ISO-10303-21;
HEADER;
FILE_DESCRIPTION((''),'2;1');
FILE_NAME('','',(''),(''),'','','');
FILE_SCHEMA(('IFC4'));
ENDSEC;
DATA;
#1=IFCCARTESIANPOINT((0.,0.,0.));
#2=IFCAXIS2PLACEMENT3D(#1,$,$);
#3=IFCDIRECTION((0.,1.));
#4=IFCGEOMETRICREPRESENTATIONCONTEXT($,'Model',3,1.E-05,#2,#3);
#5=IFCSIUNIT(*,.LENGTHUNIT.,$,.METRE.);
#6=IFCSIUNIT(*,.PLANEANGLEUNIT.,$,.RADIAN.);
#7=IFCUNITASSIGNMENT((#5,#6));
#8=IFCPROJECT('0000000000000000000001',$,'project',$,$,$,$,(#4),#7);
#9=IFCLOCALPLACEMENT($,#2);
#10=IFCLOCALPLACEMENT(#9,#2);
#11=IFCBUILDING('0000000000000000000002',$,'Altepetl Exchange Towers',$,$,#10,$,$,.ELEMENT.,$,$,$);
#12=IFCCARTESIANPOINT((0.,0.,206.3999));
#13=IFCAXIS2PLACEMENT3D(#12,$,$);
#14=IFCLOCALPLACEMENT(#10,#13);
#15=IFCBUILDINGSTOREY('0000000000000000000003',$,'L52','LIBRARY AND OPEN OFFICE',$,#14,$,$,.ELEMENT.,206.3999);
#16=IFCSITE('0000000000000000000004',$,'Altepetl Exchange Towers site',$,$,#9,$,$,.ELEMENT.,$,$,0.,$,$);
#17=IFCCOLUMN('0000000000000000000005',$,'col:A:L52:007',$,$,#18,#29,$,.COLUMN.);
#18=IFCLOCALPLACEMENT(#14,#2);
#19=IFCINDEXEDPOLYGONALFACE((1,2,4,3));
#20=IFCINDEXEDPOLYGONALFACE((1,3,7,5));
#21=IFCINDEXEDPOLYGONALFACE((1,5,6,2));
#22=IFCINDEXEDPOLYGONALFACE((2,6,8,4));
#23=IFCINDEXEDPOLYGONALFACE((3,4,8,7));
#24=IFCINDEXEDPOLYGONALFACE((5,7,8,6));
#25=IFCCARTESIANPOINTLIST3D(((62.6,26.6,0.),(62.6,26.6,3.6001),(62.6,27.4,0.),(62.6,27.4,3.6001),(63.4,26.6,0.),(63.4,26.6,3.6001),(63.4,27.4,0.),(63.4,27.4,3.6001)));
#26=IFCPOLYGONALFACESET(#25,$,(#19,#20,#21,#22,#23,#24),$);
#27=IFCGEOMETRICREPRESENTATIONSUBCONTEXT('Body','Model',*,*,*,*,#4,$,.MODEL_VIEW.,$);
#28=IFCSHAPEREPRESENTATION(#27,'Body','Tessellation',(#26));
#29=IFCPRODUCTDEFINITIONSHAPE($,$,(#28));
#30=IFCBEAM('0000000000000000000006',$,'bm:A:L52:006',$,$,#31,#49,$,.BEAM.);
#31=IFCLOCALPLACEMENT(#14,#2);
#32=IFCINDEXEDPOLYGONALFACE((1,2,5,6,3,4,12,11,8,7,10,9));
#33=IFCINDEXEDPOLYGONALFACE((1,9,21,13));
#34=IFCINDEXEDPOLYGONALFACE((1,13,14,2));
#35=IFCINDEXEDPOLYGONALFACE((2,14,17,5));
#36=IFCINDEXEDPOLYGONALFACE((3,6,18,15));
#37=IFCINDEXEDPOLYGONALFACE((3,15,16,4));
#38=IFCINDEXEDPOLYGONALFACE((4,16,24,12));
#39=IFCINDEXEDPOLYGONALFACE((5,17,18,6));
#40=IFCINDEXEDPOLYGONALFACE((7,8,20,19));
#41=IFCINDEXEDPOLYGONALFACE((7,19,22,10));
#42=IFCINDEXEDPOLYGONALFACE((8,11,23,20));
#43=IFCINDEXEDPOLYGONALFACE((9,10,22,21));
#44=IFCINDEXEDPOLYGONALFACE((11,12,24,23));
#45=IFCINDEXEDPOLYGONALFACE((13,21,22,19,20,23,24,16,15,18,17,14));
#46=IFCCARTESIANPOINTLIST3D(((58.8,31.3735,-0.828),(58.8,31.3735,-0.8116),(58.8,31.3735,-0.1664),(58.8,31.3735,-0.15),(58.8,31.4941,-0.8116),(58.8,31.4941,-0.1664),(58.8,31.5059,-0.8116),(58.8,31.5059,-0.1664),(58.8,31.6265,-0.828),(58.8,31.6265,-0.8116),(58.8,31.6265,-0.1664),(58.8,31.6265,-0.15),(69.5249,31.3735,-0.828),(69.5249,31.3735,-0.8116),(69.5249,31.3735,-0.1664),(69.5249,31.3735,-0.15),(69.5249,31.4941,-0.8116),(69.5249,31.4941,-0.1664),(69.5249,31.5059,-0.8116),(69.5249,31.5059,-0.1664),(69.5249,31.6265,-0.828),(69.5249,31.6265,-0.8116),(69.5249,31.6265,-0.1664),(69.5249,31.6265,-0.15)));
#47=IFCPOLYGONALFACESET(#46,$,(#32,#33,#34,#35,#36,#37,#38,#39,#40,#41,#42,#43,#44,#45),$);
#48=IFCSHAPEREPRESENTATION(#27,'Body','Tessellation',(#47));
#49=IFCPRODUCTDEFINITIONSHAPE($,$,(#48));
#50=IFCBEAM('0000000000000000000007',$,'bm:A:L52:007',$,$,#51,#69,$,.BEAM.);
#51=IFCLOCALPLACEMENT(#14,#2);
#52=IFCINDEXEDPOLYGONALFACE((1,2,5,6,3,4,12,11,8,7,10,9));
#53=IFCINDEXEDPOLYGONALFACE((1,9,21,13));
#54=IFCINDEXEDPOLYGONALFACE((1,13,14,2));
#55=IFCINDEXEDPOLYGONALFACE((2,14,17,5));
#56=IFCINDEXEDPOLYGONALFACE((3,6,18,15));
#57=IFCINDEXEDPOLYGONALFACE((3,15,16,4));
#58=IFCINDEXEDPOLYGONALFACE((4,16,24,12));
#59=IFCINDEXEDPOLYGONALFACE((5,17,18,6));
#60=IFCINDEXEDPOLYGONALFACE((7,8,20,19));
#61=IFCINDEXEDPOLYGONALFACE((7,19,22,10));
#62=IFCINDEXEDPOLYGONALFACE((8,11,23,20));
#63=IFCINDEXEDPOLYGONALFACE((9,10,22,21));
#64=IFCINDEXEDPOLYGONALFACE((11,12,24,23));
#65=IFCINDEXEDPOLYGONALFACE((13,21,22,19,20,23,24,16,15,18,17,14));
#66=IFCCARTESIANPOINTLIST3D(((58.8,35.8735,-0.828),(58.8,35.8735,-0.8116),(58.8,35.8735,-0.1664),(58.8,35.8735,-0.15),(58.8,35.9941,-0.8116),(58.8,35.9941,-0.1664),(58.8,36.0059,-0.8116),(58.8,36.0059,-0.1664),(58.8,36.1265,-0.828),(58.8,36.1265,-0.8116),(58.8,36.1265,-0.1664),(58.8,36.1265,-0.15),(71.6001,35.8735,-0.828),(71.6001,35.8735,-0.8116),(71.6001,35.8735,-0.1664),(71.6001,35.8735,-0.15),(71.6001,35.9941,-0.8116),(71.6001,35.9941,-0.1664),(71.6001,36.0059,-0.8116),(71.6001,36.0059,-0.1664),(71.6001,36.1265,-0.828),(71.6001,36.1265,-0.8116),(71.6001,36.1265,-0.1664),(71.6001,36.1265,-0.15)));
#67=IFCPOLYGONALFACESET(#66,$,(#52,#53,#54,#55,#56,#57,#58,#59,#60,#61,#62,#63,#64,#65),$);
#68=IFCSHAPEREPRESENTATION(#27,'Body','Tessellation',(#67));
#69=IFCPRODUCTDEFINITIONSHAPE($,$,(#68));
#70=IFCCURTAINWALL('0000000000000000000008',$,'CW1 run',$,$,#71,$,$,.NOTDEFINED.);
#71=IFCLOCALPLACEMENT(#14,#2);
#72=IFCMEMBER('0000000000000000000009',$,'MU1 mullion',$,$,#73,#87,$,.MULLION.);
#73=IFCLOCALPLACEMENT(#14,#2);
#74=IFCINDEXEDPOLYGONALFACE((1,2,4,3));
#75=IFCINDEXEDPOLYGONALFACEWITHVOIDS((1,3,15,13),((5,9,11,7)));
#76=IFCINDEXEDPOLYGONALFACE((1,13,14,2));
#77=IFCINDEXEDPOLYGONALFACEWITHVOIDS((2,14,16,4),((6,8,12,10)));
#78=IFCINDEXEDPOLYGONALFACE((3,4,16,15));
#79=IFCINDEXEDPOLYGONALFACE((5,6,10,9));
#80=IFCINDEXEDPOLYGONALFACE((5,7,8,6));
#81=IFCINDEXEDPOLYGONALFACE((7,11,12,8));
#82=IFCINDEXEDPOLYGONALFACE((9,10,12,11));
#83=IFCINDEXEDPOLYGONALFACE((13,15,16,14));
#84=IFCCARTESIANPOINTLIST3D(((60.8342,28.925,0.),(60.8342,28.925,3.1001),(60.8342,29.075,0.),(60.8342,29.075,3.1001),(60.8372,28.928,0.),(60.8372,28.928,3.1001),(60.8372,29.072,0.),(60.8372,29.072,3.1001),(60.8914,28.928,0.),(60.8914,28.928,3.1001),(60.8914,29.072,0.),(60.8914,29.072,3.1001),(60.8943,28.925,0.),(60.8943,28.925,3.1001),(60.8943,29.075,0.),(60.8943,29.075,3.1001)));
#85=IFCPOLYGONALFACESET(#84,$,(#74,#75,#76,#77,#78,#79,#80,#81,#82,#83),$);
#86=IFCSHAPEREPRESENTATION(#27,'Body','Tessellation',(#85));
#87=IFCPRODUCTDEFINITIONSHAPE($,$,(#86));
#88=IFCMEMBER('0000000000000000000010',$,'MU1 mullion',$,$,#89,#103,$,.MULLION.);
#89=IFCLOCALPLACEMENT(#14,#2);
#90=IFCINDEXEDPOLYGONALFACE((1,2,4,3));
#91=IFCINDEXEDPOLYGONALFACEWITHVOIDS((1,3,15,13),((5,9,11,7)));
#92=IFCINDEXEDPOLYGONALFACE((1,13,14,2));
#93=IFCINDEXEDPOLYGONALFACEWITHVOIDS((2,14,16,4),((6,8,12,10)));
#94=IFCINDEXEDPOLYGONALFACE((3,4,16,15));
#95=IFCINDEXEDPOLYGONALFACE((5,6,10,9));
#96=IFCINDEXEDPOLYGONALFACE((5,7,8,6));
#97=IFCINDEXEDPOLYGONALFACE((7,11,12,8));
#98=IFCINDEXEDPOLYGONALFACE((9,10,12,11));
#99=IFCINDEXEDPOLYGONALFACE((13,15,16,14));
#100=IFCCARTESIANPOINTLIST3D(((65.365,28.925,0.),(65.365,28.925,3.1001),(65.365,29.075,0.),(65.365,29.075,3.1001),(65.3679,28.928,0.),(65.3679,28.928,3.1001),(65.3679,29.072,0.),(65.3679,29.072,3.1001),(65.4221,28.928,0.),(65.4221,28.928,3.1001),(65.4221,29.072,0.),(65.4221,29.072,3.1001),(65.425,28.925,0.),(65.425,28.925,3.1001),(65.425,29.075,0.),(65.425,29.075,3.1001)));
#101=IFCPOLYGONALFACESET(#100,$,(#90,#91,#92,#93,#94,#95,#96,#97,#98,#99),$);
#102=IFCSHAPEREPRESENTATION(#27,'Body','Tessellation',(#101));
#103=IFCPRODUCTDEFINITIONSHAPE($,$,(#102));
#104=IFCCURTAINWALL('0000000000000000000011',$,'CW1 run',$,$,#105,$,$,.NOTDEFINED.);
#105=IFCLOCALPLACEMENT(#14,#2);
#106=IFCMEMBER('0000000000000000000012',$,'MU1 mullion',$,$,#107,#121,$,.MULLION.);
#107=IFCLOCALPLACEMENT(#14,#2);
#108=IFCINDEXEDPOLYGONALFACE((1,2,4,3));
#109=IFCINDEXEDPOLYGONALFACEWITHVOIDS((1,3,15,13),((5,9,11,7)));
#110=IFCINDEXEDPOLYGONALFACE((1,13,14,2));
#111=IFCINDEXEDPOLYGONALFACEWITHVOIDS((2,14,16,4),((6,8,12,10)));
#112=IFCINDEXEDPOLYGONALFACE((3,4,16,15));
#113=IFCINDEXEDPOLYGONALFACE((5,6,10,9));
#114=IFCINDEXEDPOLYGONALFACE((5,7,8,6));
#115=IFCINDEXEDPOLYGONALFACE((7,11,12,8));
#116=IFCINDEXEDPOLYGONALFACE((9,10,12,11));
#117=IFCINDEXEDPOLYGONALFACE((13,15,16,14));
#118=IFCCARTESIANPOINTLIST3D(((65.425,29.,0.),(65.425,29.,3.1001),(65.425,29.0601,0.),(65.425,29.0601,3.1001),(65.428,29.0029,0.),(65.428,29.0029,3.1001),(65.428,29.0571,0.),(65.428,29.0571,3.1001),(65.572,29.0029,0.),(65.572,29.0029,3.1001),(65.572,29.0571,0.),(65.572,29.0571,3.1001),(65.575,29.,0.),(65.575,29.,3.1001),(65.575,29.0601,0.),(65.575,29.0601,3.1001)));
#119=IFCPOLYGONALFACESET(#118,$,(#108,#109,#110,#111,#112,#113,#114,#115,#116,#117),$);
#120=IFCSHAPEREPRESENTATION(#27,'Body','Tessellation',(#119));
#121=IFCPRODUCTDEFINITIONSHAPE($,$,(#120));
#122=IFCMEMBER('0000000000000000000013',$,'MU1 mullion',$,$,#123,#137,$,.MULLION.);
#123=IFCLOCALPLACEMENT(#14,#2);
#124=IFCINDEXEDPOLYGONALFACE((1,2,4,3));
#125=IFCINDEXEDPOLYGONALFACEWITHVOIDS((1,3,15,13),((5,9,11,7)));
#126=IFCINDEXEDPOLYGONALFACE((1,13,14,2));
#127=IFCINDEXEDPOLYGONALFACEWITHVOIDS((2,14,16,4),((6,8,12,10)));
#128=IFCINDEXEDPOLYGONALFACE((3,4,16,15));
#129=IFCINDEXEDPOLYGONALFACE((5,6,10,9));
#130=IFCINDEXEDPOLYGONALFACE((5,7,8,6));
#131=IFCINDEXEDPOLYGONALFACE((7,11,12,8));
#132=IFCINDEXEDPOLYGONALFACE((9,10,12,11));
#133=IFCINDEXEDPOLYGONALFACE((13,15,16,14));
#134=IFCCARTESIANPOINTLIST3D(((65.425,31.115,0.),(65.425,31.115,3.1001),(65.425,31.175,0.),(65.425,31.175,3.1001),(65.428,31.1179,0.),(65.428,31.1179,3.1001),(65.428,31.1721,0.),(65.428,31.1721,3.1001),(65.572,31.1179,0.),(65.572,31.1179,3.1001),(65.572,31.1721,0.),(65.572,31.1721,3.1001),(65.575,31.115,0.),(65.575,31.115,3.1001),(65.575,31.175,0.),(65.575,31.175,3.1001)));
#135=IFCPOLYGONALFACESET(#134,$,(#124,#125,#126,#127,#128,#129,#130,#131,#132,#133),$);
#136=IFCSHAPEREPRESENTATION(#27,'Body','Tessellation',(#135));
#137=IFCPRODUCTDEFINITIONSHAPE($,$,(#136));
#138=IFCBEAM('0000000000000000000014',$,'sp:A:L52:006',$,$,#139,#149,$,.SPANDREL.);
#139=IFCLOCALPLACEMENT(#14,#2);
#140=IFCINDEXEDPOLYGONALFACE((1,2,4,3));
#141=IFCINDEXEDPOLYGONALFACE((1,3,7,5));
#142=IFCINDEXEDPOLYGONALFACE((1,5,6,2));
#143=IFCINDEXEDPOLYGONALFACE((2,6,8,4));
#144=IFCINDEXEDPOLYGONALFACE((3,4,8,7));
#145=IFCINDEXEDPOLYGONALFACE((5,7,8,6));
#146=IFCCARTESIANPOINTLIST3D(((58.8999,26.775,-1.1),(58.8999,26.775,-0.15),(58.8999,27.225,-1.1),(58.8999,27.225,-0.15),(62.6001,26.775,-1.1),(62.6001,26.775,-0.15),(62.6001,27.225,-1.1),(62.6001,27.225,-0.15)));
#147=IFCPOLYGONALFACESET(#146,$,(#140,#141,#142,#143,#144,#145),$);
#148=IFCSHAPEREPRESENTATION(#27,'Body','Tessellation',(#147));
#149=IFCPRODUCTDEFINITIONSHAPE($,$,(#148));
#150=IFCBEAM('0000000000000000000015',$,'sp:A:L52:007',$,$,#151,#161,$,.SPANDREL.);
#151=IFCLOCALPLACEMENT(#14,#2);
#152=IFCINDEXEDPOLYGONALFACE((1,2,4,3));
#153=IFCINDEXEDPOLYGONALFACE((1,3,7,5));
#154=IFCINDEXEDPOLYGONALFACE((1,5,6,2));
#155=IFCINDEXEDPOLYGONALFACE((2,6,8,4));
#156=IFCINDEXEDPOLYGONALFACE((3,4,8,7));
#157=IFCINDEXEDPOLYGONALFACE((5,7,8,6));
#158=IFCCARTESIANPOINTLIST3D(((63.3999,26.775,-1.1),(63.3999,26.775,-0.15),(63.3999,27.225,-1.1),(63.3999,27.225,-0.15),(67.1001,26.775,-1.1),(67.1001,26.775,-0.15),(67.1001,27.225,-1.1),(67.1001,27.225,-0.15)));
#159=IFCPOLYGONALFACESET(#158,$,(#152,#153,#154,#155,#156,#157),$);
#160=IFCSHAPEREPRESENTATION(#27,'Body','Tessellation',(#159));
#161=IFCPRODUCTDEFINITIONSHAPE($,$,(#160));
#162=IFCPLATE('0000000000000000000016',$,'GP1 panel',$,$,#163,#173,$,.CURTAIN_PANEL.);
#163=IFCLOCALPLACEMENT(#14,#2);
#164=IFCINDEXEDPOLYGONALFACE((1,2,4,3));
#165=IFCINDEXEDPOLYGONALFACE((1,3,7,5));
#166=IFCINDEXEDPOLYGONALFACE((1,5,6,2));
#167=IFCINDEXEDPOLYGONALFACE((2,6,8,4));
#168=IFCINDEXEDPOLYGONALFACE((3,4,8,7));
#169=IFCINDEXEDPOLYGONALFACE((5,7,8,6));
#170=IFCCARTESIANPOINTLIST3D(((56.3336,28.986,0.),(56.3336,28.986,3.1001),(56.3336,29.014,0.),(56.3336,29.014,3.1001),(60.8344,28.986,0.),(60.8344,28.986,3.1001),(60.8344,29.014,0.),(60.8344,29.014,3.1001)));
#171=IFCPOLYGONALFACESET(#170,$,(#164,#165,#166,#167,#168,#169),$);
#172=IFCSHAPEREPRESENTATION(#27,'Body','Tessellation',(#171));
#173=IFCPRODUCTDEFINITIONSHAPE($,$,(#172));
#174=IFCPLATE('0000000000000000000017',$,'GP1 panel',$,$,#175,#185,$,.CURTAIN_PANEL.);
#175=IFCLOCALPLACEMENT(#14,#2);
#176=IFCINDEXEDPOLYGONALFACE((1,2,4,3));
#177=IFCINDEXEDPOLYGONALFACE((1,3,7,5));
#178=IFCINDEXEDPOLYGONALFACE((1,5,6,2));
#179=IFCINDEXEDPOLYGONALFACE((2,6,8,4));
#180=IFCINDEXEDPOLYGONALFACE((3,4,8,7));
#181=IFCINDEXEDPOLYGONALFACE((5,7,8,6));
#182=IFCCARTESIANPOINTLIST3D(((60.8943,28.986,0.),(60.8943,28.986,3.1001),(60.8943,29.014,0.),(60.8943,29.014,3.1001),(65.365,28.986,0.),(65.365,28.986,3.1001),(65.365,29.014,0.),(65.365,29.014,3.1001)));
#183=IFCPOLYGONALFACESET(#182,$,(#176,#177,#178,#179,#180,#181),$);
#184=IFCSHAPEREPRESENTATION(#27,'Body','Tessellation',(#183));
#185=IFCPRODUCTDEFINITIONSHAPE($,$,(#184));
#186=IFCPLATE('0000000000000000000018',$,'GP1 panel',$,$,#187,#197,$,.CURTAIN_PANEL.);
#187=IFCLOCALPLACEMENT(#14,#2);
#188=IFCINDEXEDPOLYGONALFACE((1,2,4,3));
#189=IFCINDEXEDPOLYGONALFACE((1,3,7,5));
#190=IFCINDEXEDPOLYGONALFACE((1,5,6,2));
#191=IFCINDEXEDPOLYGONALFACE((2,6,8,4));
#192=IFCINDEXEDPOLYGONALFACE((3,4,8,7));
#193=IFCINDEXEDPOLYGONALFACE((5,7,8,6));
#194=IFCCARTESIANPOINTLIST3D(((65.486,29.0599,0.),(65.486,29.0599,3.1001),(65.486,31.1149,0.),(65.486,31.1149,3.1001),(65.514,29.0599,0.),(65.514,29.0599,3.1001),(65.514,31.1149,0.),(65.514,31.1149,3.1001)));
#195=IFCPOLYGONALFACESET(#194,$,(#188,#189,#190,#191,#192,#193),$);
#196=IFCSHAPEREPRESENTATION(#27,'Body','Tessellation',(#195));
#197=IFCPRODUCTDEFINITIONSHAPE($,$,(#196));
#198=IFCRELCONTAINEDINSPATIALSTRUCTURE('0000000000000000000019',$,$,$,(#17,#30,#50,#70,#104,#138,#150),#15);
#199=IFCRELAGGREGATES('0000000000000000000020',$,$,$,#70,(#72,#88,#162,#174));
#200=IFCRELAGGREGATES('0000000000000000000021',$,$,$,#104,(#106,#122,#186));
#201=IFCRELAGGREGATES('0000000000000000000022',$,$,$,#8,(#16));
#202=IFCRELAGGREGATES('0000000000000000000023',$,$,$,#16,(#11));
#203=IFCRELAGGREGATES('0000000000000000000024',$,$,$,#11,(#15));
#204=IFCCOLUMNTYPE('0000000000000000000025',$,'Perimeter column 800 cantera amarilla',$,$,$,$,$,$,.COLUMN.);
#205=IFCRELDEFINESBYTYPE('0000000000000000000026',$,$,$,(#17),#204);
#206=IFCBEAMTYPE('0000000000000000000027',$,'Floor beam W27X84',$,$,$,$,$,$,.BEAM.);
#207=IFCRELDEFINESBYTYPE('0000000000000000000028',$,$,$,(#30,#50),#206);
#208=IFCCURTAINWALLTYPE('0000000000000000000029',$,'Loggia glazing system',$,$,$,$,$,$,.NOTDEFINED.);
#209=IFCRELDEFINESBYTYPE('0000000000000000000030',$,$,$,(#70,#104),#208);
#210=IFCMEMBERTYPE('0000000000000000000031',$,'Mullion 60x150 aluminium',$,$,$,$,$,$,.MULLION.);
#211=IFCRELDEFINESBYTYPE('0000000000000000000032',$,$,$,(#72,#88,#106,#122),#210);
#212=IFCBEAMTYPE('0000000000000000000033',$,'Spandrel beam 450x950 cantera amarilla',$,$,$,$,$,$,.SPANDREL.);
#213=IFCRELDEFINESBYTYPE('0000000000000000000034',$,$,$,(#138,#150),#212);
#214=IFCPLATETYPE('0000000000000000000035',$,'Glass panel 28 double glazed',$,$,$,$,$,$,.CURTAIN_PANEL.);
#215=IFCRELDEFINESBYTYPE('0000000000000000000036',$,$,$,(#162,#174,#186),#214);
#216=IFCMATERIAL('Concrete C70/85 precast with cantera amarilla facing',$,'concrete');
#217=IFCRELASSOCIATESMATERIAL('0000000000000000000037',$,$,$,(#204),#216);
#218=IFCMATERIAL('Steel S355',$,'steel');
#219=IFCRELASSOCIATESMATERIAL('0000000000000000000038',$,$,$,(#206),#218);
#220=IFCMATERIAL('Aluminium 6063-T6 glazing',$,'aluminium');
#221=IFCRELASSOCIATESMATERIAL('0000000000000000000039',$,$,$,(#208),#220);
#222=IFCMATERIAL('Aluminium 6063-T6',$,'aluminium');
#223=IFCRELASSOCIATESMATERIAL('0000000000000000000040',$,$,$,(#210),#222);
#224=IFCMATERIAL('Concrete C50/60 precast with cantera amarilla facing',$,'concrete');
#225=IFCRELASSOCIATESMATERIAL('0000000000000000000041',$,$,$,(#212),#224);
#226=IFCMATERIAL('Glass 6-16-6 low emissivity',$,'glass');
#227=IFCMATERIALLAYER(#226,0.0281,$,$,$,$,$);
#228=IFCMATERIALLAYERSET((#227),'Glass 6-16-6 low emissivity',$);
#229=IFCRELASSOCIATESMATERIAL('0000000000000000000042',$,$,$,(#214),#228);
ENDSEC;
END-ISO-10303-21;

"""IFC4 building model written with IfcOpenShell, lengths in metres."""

from ifc_helpers import new_model, si_unit, direction, frame, origin, origin_2d, place, context, subcontext, project, spatial, rectangle, hollow_rectangle, i_section, extrude, material, layer, layer_set, material_profile, profile_set, type_object, element, aggregate, save


model = new_model("IFC4")

# Units and contexts
model_context = context("Model", 3, precision=1e-05, world=origin(), true_north=direction((0.0, 1.0)))
body_context = subcontext(model_context, "Body", "Model", "MODEL_VIEW")
ifc_project = project(units=[si_unit("LENGTHUNIT", "METRE"), si_unit("PLANEANGLEUNIT", "RADIAN")], contexts=[model_context])

# Site, building, storey
site_placement = place(None, origin())
site = spatial("IfcSite", under=ifc_project, at=site_placement, Name="Altepetl Exchange Towers site", CompositionType="ELEMENT", RefElevation=0.0)
building_placement = place(site_placement, origin())
building = spatial("IfcBuilding", under=site, at=building_placement, Name="Altepetl Exchange Towers", CompositionType="ELEMENT")
storey_placement = place(building_placement, frame((0.0, 0.0, 206.3999)))
storey = spatial("IfcBuildingStorey", under=building, at=storey_placement, Name="L52", Description="LIBRARY AND OPEN OFFICE", CompositionType="ELEMENT", Elevation=206.3999)

# Column
ifc_material_1 = material(Name="Concrete C70/85 precast with cantera amarilla facing", Category="concrete")
ifc_material_profile_1 = material_profile(ifc_material_1, rectangle(XDim=0.8, YDim=0.8, at=origin_2d()), Name="800 x 800")
ifc_profile_set_1 = profile_set([ifc_material_profile_1], Name="Concrete C70/85 precast with cantera amarilla facing")
column_type = type_object("IfcColumnType", Name="Perimeter column 800 cantera amarilla", PredefinedType="COLUMN", material=ifc_profile_set_1)
column_placement = place(storey_placement, frame((63.0, 27.0, 0.0)))
element("IfcColumn", 1, at=column_placement, inside=storey, type_object=column_type, Name="col:A:L52:007", PredefinedType="COLUMN", context=body_context, shape_type="SweptSolid", body=[
    extrude(rectangle(XDim=0.8, YDim=0.8, at=origin_2d()), origin(), (0.0, 0.0, 1.0), 3.6001),
])

# Beams
ifc_material_2 = material(Name="Steel S355", Category="steel")
ifc_material_profile_2 = material_profile(ifc_material_2, i_section(OverallWidth=0.2529, OverallDepth=0.678, WebThickness=0.0117, FlangeThickness=0.0164, at=origin_2d()), Name="W27X84")
ifc_profile_set_2 = profile_set([ifc_material_profile_2], Name="Steel S355")
beam_type_1 = type_object("IfcBeamType", Name="Floor beam W27X84", PredefinedType="BEAM", material=ifc_profile_set_2)
beam_1_placement = place(storey_placement, frame((58.8, 31.5, -0.489), z_axis=(1.0, 0.0, 0.0), x_axis=(0.0, 1.0, 0.0)))
element("IfcBeam", 2, at=beam_1_placement, inside=storey, type_object=beam_type_1, Name="bm:A:L52:006", PredefinedType="BEAM", context=body_context, shape_type="SweptSolid", body=[
    extrude(i_section(OverallWidth=0.2529, OverallDepth=0.678, WebThickness=0.0117, FlangeThickness=0.0164, at=origin_2d()), origin(), (0.0, 0.0, 1.0), 10.7249),
])
beam_2_placement = place(storey_placement, frame((58.8, 36.0, -0.489), z_axis=(1.0, 0.0, 0.0), x_axis=(0.0, 1.0, 0.0)))
element("IfcBeam", 3, at=beam_2_placement, inside=storey, type_object=beam_type_1, Name="bm:A:L52:007", PredefinedType="BEAM", context=body_context, shape_type="SweptSolid", body=[
    extrude(i_section(OverallWidth=0.2529, OverallDepth=0.678, WebThickness=0.0117, FlangeThickness=0.0164, at=origin_2d()), origin(), (0.0, 0.0, 1.0), 12.8),
])

# Curtain walls, members
ifc_material_3 = material(Name="Aluminium 6063-T6 glazing", Category="aluminium")
curtain_wall_type = type_object("IfcCurtainWallType", Name="Loggia glazing system", PredefinedType="NOTDEFINED", material=ifc_material_3)
curtain_wall_1_placement = place(storey_placement, origin())
curtain_wall_1 = element("IfcCurtainWall", 4, at=curtain_wall_1_placement, inside=storey, type_object=curtain_wall_type, Name="CW1 run", PredefinedType="NOTDEFINED")
ifc_material_4 = material(Name="Aluminium 6063-T6", Category="aluminium")
ifc_material_profile_3 = material_profile(ifc_material_4, hollow_rectangle(XDim=0.0601, YDim=0.1499, WallThickness=0.0029, at=origin_2d()), Name="Mullion 60x150 aluminium")
ifc_profile_set_3 = profile_set([ifc_material_profile_3], Name="Aluminium 6063-T6")
member_type = type_object("IfcMemberType", Name="Mullion 60x150 aluminium", PredefinedType="MULLION", material=ifc_profile_set_3)
member_1_placement = place(storey_placement, frame((60.8643, 29.0, 0.0)))
member_1 = element("IfcMember", 5, at=member_1_placement, type_object=member_type, Name="MU1 mullion", PredefinedType="MULLION", context=body_context, shape_type="SweptSolid", body=[
    extrude(hollow_rectangle(XDim=0.0601, YDim=0.1499, WallThickness=0.0029, at=origin_2d()), origin(), (0.0, 0.0, 1.0), 3.1001),
])
member_2_placement = place(storey_placement, frame((65.395, 29.0, 0.0)))
member_2 = element("IfcMember", 6, at=member_2_placement, type_object=member_type, Name="MU1 mullion", PredefinedType="MULLION", context=body_context, shape_type="SweptSolid", body=[
    extrude(hollow_rectangle(XDim=0.0601, YDim=0.1499, WallThickness=0.0029, at=origin_2d()), origin(), (0.0, 0.0, 1.0), 3.1001),
])
curtain_wall_2_placement = place(storey_placement, origin())
curtain_wall_2 = element("IfcCurtainWall", 7, at=curtain_wall_2_placement, inside=storey, type_object=curtain_wall_type, Name="CW1 run", PredefinedType="NOTDEFINED")
member_3_placement = place(storey_placement, frame((65.5, 29.03, 0.0), z_axis=(0.0, 0.0, 1.0), x_axis=(0.0, 1.0, 0.0)))
member_3 = element("IfcMember", 8, at=member_3_placement, type_object=member_type, Name="MU1 mullion", PredefinedType="MULLION", context=body_context, shape_type="SweptSolid", body=[
    extrude(hollow_rectangle(XDim=0.0601, YDim=0.1499, WallThickness=0.0029, at=origin_2d()), origin(), (0.0, 0.0, 1.0), 3.1001),
])
member_4_placement = place(storey_placement, frame((65.5, 31.145, 0.0), z_axis=(0.0, 0.0, 1.0), x_axis=(0.0, 1.0, 0.0)))
member_4 = element("IfcMember", 9, at=member_4_placement, type_object=member_type, Name="MU1 mullion", PredefinedType="MULLION", context=body_context, shape_type="SweptSolid", body=[
    extrude(hollow_rectangle(XDim=0.0601, YDim=0.1499, WallThickness=0.0029, at=origin_2d()), origin(), (0.0, 0.0, 1.0), 3.1001),
])

# Beams
ifc_material_5 = material(Name="Concrete C50/60 precast with cantera amarilla facing", Category="concrete")
ifc_material_profile_4 = material_profile(ifc_material_5, rectangle(XDim=0.45, YDim=0.95, at=origin_2d()), Name="450 x 950")
ifc_profile_set_4 = profile_set([ifc_material_profile_4], Name="Concrete C50/60 precast with cantera amarilla facing")
beam_type_2 = type_object("IfcBeamType", Name="Spandrel beam 450x950 cantera amarilla", PredefinedType="SPANDREL", material=ifc_profile_set_4)
for number, where, z_axis, x_axis, name in (
    (10, (58.8999, 27.0, -0.625), (1.0, 0.0, 0.0), (0.0, 1.0, 0.0), "sp:A:L52:006"),
    (11, (63.3999, 27.0, -0.625), (1.0, 0.0, 0.0), (0.0, 1.0, 0.0), "sp:A:L52:007"),
):
    element("IfcBeam", number, at=place(storey_placement, frame(where, z_axis=z_axis, x_axis=x_axis)), inside=storey, type_object=beam_type_2, Name=name, PredefinedType="SPANDREL", context=body_context, shape_type="SweptSolid", body=[
        extrude(rectangle(XDim=0.45, YDim=0.95, at=origin_2d()), origin(), (0.0, 0.0, 1.0), 3.7002),
    ])

# Plates
ifc_material_6 = material(Name="Glass 6-16-6 low emissivity", Category="glass")
ifc_layer_1 = layer(ifc_material_6, 0.0281)
ifc_layer_set_1 = layer_set([ifc_layer_1], Name="Glass 6-16-6 low emissivity")
plate_type = type_object("IfcPlateType", Name="Glass panel 28 double glazed", PredefinedType="CURTAIN_PANEL", material=ifc_layer_set_1)
plate_1_placement = place(storey_placement, frame((58.584, 29.0, 0.0)))
plate_1 = element("IfcPlate", 12, at=plate_1_placement, type_object=plate_type, Name="GP1 panel", PredefinedType="CURTAIN_PANEL", context=body_context, shape_type="SweptSolid", body=[
    extrude(rectangle(XDim=4.5007, YDim=0.0281, at=origin_2d()), origin(), (0.0, 0.0, 1.0), 3.1001),
])
plate_2_placement = place(storey_placement, frame((63.1296, 29.0, 0.0)))
plate_2 = element("IfcPlate", 13, at=plate_2_placement, type_object=plate_type, Name="GP1 panel", PredefinedType="CURTAIN_PANEL", context=body_context, shape_type="SweptSolid", body=[
    extrude(rectangle(XDim=4.4707, YDim=0.0281, at=origin_2d()), origin(), (0.0, 0.0, 1.0), 3.1001),
])
aggregate(curtain_wall_1, [member_1, member_2, plate_1, plate_2])
plate_3_placement = place(storey_placement, frame((65.5, 30.0874, 0.0), z_axis=(0.0, 0.0, 1.0), x_axis=(0.0, 1.0, 0.0)))
plate_3 = element("IfcPlate", 14, at=plate_3_placement, type_object=plate_type, Name="GP1 panel", PredefinedType="CURTAIN_PANEL", context=body_context, shape_type="SweptSolid", body=[
    extrude(rectangle(XDim=2.0549, YDim=0.0281, at=origin_2d()), origin(), (0.0, 0.0, 1.0), 3.1001),
])
aggregate(curtain_wall_2, [member_3, member_4, plate_3])

save(model, "model.ifc")
